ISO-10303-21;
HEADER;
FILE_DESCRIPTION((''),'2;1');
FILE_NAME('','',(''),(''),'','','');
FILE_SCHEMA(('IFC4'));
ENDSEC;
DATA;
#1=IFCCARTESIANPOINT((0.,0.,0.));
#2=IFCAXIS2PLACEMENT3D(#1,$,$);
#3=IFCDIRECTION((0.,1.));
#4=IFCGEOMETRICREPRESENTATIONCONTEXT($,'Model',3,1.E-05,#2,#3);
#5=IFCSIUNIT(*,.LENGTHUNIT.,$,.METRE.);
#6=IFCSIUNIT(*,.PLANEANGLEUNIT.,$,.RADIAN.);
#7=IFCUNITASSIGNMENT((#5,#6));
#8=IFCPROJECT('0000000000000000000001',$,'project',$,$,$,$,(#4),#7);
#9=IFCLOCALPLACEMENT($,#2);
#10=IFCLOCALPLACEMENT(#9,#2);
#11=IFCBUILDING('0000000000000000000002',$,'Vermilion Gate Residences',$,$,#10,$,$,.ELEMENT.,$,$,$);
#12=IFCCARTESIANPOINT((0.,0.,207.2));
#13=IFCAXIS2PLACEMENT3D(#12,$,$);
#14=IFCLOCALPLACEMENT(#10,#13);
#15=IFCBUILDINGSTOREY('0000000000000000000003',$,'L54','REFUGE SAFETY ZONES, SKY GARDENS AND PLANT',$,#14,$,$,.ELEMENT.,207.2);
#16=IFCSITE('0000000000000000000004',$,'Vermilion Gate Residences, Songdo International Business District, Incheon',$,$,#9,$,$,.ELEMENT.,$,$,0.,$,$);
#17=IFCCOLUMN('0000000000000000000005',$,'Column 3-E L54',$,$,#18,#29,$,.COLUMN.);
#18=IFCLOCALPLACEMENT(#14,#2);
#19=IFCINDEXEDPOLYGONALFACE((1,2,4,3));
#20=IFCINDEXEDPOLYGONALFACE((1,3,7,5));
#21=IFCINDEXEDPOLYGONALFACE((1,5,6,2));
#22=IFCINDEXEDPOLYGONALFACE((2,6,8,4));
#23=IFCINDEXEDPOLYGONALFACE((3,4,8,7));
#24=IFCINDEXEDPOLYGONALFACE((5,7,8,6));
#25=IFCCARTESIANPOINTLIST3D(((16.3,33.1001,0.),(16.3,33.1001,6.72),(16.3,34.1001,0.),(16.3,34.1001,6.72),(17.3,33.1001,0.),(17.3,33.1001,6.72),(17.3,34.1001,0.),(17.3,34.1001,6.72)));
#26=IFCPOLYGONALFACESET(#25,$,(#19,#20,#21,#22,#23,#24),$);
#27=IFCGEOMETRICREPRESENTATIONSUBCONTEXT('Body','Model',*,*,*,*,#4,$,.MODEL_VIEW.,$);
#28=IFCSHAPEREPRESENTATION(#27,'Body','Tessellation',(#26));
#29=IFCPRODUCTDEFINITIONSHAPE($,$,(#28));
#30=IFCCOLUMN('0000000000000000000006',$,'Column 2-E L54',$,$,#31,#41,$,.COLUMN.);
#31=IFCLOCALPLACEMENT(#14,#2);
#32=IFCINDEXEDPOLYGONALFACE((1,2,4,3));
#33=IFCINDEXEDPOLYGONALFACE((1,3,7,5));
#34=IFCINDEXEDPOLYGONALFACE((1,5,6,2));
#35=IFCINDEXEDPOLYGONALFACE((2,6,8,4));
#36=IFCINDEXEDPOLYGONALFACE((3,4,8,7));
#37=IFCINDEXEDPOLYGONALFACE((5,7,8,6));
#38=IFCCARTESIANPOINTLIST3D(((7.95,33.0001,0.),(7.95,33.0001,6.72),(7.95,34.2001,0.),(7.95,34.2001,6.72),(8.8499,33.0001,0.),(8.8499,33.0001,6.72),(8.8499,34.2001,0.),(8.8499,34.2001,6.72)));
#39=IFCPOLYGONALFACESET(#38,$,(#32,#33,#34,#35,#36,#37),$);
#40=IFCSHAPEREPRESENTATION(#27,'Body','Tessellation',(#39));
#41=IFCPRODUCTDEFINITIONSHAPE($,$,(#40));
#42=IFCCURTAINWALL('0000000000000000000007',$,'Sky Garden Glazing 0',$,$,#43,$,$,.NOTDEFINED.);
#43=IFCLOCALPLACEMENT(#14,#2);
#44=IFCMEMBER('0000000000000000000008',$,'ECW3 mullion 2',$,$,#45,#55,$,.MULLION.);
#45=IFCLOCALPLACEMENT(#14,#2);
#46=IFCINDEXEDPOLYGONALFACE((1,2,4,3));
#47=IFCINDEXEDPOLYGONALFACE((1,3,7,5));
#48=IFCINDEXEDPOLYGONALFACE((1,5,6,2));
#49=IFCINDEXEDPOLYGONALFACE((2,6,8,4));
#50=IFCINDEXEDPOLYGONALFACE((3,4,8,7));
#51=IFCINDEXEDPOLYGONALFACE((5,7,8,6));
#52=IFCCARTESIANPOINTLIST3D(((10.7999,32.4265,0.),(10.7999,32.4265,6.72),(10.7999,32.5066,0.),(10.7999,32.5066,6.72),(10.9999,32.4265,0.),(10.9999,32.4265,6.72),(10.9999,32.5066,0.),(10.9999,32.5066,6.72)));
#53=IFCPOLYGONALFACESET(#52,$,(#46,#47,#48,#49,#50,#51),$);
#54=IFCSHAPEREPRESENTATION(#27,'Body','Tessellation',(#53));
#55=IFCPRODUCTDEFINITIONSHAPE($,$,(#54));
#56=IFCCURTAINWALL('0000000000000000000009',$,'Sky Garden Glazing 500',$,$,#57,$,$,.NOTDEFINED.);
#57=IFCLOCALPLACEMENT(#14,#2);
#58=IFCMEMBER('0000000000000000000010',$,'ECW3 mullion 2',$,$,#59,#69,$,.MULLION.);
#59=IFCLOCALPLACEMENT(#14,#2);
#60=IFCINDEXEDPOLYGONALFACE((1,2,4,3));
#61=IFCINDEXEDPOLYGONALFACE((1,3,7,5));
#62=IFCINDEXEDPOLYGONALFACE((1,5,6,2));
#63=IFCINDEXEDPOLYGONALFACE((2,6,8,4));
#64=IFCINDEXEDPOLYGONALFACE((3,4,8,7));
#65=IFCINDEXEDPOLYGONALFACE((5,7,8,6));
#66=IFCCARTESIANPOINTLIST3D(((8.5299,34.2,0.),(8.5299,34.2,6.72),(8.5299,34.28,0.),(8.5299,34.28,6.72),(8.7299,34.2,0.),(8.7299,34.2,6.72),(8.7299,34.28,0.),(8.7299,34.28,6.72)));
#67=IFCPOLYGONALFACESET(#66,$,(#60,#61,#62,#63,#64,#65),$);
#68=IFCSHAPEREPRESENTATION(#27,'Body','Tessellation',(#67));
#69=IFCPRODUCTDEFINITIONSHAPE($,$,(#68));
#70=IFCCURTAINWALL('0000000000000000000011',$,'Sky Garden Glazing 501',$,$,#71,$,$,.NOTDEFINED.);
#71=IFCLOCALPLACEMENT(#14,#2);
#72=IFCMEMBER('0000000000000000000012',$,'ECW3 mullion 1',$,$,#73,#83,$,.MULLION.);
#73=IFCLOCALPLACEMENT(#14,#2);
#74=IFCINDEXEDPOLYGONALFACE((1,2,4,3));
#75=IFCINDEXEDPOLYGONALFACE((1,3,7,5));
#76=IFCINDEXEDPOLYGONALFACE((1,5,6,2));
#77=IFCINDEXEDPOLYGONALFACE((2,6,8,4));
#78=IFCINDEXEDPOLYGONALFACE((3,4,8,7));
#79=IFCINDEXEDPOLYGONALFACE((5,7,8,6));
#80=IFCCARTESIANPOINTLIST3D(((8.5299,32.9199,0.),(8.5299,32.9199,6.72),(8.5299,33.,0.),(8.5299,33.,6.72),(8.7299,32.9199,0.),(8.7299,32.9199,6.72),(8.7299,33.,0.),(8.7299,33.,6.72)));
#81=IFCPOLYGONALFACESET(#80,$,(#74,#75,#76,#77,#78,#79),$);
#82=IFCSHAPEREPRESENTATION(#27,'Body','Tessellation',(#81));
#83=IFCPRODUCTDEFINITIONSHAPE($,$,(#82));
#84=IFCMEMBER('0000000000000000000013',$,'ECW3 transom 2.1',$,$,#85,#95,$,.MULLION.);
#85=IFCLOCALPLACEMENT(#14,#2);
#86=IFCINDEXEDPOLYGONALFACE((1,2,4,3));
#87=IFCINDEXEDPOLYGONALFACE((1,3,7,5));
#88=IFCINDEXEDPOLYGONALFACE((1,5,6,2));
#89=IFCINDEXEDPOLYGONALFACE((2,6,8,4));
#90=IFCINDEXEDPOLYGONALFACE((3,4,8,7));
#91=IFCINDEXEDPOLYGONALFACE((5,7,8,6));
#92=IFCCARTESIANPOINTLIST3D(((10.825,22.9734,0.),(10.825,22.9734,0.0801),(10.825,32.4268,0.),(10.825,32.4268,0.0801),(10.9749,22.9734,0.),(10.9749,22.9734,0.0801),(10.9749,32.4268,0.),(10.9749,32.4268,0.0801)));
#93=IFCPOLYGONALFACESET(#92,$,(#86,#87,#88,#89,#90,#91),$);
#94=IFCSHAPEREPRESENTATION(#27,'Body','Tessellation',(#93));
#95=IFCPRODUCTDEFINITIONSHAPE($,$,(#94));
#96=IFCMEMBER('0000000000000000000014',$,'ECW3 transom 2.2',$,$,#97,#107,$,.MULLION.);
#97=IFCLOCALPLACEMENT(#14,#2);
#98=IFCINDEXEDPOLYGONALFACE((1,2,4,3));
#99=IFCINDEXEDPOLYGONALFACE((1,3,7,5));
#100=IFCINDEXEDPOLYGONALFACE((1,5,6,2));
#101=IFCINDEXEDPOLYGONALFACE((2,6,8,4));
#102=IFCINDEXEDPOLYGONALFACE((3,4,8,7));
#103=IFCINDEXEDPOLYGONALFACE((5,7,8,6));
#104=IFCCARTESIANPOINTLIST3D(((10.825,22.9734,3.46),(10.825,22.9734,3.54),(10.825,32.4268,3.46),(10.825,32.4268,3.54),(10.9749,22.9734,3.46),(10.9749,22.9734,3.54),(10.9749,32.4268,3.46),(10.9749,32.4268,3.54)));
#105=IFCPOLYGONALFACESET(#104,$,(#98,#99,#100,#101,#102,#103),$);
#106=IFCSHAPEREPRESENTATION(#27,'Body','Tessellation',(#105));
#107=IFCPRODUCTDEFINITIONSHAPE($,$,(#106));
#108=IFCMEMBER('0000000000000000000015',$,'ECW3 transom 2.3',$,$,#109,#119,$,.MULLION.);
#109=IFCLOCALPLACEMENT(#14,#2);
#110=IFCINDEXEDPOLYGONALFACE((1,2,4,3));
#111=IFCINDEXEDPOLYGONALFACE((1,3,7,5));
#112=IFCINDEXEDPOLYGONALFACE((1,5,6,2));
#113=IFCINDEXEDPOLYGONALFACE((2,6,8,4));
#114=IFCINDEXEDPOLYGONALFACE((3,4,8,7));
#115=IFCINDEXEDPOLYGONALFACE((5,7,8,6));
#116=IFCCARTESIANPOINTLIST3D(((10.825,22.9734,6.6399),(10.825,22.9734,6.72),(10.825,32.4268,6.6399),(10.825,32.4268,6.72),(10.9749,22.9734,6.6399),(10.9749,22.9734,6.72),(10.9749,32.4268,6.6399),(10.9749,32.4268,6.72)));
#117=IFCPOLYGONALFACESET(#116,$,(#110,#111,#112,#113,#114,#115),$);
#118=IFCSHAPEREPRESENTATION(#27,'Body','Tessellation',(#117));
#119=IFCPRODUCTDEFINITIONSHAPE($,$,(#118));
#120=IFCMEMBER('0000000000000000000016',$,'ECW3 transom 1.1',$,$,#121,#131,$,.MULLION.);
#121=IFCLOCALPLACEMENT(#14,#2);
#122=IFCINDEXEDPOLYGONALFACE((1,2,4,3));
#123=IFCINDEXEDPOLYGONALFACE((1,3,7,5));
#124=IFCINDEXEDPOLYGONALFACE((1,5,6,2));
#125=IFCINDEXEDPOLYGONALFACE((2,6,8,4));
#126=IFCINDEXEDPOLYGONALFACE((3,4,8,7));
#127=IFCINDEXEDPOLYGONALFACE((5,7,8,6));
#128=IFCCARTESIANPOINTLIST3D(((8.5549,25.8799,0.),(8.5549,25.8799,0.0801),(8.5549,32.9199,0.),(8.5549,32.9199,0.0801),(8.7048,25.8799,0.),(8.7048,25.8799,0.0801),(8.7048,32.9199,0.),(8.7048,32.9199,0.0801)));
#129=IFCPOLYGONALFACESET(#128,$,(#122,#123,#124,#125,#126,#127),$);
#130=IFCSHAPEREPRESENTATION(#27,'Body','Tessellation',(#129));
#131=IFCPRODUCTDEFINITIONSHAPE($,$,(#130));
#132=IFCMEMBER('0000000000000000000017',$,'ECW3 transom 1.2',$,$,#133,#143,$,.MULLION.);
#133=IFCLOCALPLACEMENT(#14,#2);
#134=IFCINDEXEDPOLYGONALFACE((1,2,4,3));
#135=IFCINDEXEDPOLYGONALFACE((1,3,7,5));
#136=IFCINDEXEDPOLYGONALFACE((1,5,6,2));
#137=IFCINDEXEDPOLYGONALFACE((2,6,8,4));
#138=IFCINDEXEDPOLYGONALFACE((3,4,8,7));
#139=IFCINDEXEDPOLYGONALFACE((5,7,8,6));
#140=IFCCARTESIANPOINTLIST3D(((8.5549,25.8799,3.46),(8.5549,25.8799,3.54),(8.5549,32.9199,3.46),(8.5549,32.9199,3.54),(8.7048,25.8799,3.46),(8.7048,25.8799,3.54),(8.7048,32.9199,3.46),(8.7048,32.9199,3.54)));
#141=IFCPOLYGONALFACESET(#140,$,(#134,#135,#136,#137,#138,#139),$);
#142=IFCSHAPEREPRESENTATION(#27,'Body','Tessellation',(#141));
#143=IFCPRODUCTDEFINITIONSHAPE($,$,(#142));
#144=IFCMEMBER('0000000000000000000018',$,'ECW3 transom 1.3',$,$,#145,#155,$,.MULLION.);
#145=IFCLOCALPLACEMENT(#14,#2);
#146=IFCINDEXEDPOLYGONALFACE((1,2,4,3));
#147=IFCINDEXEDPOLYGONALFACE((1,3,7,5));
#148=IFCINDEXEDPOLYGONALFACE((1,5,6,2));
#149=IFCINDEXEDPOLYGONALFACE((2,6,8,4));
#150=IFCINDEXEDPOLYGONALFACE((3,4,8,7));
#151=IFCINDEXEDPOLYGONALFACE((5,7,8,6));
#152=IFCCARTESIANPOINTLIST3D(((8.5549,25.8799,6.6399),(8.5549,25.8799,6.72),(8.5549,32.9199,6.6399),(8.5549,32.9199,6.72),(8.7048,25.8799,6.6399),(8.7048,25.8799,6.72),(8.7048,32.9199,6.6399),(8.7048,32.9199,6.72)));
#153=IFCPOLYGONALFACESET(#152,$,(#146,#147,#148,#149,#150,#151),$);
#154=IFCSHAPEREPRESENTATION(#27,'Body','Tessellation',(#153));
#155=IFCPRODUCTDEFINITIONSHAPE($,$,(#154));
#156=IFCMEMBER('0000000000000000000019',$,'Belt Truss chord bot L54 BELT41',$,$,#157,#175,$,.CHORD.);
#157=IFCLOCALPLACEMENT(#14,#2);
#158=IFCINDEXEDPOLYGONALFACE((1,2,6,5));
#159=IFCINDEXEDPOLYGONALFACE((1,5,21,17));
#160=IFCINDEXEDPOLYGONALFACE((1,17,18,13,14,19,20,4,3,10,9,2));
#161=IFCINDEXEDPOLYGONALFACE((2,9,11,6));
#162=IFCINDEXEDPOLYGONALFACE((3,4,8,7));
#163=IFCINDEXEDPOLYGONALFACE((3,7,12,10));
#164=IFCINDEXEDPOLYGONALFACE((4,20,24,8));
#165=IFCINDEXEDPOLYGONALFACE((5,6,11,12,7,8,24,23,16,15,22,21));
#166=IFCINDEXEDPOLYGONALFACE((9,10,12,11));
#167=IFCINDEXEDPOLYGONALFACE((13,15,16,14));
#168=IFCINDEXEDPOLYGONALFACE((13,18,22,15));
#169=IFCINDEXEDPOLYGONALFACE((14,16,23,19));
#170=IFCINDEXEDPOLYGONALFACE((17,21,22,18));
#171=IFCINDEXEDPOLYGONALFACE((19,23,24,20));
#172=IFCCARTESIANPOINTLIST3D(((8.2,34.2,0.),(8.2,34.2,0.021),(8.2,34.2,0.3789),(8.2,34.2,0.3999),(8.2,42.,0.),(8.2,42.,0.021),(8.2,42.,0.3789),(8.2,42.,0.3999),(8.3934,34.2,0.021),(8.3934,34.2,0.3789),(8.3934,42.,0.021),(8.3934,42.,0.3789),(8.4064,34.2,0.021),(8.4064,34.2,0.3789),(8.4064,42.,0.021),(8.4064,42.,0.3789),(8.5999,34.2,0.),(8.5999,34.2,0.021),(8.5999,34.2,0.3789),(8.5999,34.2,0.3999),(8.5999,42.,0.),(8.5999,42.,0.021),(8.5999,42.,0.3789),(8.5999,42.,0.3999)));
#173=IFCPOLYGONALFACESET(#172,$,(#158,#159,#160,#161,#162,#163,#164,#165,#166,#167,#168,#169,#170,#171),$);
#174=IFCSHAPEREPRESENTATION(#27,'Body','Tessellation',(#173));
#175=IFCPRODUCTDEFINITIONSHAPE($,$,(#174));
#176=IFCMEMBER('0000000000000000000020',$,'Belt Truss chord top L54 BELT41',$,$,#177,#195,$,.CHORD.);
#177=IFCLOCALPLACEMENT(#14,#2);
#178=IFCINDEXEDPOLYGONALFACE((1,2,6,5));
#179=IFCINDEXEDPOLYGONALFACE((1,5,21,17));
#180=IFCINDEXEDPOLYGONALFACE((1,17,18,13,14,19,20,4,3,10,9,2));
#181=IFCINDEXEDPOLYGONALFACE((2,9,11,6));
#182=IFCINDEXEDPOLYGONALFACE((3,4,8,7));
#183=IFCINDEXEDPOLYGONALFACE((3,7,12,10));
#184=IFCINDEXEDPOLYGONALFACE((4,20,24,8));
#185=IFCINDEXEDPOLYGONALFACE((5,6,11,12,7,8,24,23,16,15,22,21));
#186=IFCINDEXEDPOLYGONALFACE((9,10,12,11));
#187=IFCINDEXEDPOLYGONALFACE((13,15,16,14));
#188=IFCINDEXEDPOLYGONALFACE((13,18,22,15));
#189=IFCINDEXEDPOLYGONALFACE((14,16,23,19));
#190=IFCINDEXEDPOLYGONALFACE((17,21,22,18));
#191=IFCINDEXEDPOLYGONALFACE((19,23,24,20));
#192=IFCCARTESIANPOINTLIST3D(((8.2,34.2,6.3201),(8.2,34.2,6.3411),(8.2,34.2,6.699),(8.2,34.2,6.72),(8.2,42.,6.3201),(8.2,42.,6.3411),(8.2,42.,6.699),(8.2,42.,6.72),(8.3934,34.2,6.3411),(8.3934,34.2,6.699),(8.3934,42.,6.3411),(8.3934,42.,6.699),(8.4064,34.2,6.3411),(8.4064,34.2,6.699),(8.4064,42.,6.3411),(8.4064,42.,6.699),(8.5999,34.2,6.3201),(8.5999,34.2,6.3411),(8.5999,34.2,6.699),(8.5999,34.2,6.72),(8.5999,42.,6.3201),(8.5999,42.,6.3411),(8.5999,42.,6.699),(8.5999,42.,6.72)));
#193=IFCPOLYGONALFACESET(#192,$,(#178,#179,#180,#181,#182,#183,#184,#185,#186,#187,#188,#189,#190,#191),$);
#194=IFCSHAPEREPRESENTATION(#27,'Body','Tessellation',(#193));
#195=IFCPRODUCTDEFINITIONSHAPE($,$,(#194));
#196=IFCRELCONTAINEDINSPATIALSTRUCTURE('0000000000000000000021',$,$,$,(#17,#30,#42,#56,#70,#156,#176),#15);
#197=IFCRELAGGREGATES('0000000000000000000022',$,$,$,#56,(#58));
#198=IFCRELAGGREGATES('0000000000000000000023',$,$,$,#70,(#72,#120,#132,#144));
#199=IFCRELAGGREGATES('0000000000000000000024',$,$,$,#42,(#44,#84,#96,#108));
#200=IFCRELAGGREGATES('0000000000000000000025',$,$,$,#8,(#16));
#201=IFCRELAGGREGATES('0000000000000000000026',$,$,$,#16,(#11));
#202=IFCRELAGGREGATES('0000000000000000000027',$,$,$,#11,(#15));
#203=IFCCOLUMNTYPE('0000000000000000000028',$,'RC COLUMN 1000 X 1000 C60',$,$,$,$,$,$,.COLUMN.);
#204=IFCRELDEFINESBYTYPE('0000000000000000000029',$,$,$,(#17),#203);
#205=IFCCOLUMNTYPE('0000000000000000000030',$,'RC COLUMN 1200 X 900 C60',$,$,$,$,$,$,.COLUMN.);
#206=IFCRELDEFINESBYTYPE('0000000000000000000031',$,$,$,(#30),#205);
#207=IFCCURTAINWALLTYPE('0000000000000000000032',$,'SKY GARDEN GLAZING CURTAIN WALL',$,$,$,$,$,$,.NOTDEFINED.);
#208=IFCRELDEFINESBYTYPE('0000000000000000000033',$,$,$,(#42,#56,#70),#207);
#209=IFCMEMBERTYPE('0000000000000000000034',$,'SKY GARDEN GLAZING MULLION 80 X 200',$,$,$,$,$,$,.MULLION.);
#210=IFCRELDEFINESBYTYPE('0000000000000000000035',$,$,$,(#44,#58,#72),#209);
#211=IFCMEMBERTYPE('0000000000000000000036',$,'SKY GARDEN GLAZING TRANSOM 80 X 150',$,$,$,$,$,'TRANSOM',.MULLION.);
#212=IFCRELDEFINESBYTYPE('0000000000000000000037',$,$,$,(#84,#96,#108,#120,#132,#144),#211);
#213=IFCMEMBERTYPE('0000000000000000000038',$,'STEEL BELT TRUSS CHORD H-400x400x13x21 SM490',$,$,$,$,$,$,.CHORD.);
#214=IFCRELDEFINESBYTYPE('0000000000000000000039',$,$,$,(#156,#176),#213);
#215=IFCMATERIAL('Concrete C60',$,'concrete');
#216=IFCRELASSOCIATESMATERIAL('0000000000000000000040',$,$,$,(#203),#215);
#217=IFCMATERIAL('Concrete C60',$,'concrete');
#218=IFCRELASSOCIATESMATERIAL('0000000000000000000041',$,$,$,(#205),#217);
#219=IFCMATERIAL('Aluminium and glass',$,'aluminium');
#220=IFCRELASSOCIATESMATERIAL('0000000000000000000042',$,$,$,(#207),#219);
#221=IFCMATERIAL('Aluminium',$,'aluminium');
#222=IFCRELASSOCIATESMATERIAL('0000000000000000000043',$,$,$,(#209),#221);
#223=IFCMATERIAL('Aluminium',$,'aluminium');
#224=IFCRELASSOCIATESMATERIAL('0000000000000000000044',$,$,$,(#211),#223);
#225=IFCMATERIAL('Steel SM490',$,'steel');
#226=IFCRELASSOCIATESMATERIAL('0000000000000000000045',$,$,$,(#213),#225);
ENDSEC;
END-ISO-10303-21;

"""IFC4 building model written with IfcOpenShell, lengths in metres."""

from ifc_helpers import new_model, si_unit, direction, frame, origin, origin_2d, place, context, subcontext, project, spatial, rectangle, i_section, extrude, material, material_profile, profile_set, type_object, element, aggregate, save


model = new_model("IFC4")

# Units and contexts
model_context = context("Model", 3, precision=1e-05, world=origin(), true_north=direction((0.0, 1.0)))
body_context = subcontext(model_context, "Body", "Model", "MODEL_VIEW")
ifc_project = project(units=[si_unit("LENGTHUNIT", "METRE"), si_unit("PLANEANGLEUNIT", "RADIAN")], contexts=[model_context])

# Site, building, storey
site_placement = place(None, origin())
site = spatial("IfcSite", under=ifc_project, at=site_placement, Name="Vermilion Gate Residences, Songdo International Business District, Incheon", CompositionType="ELEMENT", RefElevation=0.0)
building_placement = place(site_placement, origin())
building = spatial("IfcBuilding", under=site, at=building_placement, Name="Vermilion Gate Residences", CompositionType="ELEMENT")
storey_placement = place(building_placement, frame((0.0, 0.0, 207.2)))
storey = spatial("IfcBuildingStorey", under=building, at=storey_placement, Name="L54", Description="REFUGE SAFETY ZONES, SKY GARDENS AND PLANT", CompositionType="ELEMENT", Elevation=207.2)

# Columns
ifc_material_1 = material(Name="Concrete C60", Category="concrete")
ifc_material_profile_1 = material_profile(ifc_material_1, rectangle(XDim=1.0, YDim=1.0, at=origin_2d()), Name="RC-1000x1000")
ifc_profile_set_1 = profile_set([ifc_material_profile_1], Name="Concrete C60")
column_type_1 = type_object("IfcColumnType", Name="RC COLUMN 1000 X 1000 C60", PredefinedType="COLUMN", material=ifc_profile_set_1)
column_1_placement = place(storey_placement, frame((16.8, 33.6001, 0.0), z_axis=(0.0, 0.0, 1.0), x_axis=(1.0, 0.0, 0.0)))
element("IfcColumn", 1, at=column_1_placement, inside=storey, type_object=column_type_1, Name="Column 3-E L54", PredefinedType="COLUMN", context=body_context, shape_type="SweptSolid", body=[
    extrude(rectangle(XDim=1.0, YDim=1.0, at=origin_2d()), origin(), (0.0, 0.0, 1.0), 6.72),
])
ifc_material_2 = material(Name="Concrete C60", Category="concrete")
ifc_material_profile_2 = material_profile(ifc_material_2, rectangle(XDim=1.2, YDim=0.8999, at=origin_2d()), Name="RC-1200x900")
ifc_profile_set_2 = profile_set([ifc_material_profile_2], Name="Concrete C60")
column_type_2 = type_object("IfcColumnType", Name="RC COLUMN 1200 X 900 C60", PredefinedType="COLUMN", material=ifc_profile_set_2)
column_2_placement = place(storey_placement, frame((8.3999, 33.6001, 0.0), z_axis=(0.0, 0.0, 1.0), x_axis=(0.0, 1.0, 0.0)))
element("IfcColumn", 2, at=column_2_placement, inside=storey, type_object=column_type_2, Name="Column 2-E L54", PredefinedType="COLUMN", context=body_context, shape_type="SweptSolid", body=[
    extrude(rectangle(XDim=1.2, YDim=0.8999, at=origin_2d()), origin(), (0.0, 0.0, 1.0), 6.72),
])

# Curtain walls, members
ifc_material_3 = material(Name="Aluminium and glass", Category="aluminium")
curtain_wall_type = type_object("IfcCurtainWallType", Name="SKY GARDEN GLAZING CURTAIN WALL", PredefinedType="NOTDEFINED", material=ifc_material_3)
curtain_wall_1_placement = place(storey_placement, origin())
curtain_wall_1 = element("IfcCurtainWall", 3, at=curtain_wall_1_placement, inside=storey, type_object=curtain_wall_type, Name="Sky Garden Glazing 0", PredefinedType="NOTDEFINED")
ifc_material_4 = material(Name="Aluminium", Category="aluminium")
ifc_material_profile_3 = material_profile(ifc_material_4, rectangle(XDim=0.2, YDim=0.0801, at=origin_2d()), Name="MULLION 80 X 200")
ifc_profile_set_3 = profile_set([ifc_material_profile_3], Name="Aluminium")
member_type_1 = type_object("IfcMemberType", Name="SKY GARDEN GLAZING MULLION 80 X 200", PredefinedType="MULLION", material=ifc_profile_set_3)
member_1_placement = place(storey_placement, frame((10.8999, 32.4666, 0.0), z_axis=(0.0, 0.0, 1.0), x_axis=(1.0, 0.0, 0.0)))
member_1 = element("IfcMember", 4, at=member_1_placement, type_object=member_type_1, Name="ECW3 mullion 2", PredefinedType="MULLION", context=body_context, shape_type="SweptSolid", body=[
    extrude(rectangle(XDim=0.2, YDim=0.0801, at=origin_2d()), origin(), (0.0, 0.0, 1.0), 6.72),
])
curtain_wall_2_placement = place(storey_placement, origin())
curtain_wall_2 = element("IfcCurtainWall", 5, at=curtain_wall_2_placement, inside=storey, type_object=curtain_wall_type, Name="Sky Garden Glazing 500", PredefinedType="NOTDEFINED")
member_2_placement = place(storey_placement, frame((8.6299, 34.24, 0.0), z_axis=(0.0, 0.0, 1.0), x_axis=(1.0, 0.0, 0.0)))
member_2 = element("IfcMember", 6, at=member_2_placement, type_object=member_type_1, Name="ECW3 mullion 2", PredefinedType="MULLION", context=body_context, shape_type="SweptSolid", body=[
    extrude(rectangle(XDim=0.2, YDim=0.0801, at=origin_2d()), origin(), (0.0, 0.0, 1.0), 6.72),
])
aggregate(curtain_wall_2, [member_2])
curtain_wall_3_placement = place(storey_placement, origin())
curtain_wall_3 = element("IfcCurtainWall", 7, at=curtain_wall_3_placement, inside=storey, type_object=curtain_wall_type, Name="Sky Garden Glazing 501", PredefinedType="NOTDEFINED")
member_3_placement = place(storey_placement, frame((8.6299, 32.96, 0.0), z_axis=(0.0, 0.0, 1.0), x_axis=(1.0, 0.0, 0.0)))
member_3 = element("IfcMember", 8, at=member_3_placement, type_object=member_type_1, Name="ECW3 mullion 1", PredefinedType="MULLION", context=body_context, shape_type="SweptSolid", body=[
    extrude(rectangle(XDim=0.2, YDim=0.0801, at=origin_2d()), origin(), (0.0, 0.0, 1.0), 6.72),
])

# Members
ifc_material_5 = material(Name="Aluminium", Category="aluminium")
ifc_material_profile_4 = material_profile(ifc_material_5, rectangle(XDim=0.1499, YDim=0.0801, at=origin_2d()), Name="TRANSOM 80 X 150")
ifc_profile_set_4 = profile_set([ifc_material_profile_4], Name="Aluminium")
member_type_2 = type_object("IfcMemberType", Name="SKY GARDEN GLAZING TRANSOM 80 X 150", ElementType="TRANSOM", PredefinedType="MULLION", material=ifc_profile_set_4)
member_4_placement = place(storey_placement, frame((10.8999, 32.4268, 0.04), z_axis=(0.0, -1.0, 0.0), x_axis=(1.0, 0.0, 0.0)))
member_4 = element("IfcMember", 9, at=member_4_placement, type_object=member_type_2, Name="ECW3 transom 2.1", PredefinedType="MULLION", context=body_context, shape_type="SweptSolid", body=[
    extrude(rectangle(XDim=0.1499, YDim=0.0801, at=origin_2d()), origin(), (0.0, 0.0, 1.0), 9.4534),
])
member_5_placement = place(storey_placement, frame((10.8999, 32.4268, 3.5), z_axis=(0.0, -1.0, 0.0), x_axis=(1.0, 0.0, 0.0)))
member_5 = element("IfcMember", 10, at=member_5_placement, type_object=member_type_2, Name="ECW3 transom 2.2", PredefinedType="MULLION", context=body_context, shape_type="SweptSolid", body=[
    extrude(rectangle(XDim=0.1499, YDim=0.0801, at=origin_2d()), origin(), (0.0, 0.0, 1.0), 9.4534),
])
member_6_placement = place(storey_placement, frame((10.8999, 32.4268, 6.6799), z_axis=(0.0, -1.0, 0.0), x_axis=(1.0, 0.0, 0.0)))
member_6 = element("IfcMember", 11, at=member_6_placement, type_object=member_type_2, Name="ECW3 transom 2.3", PredefinedType="MULLION", context=body_context, shape_type="SweptSolid", body=[
    extrude(rectangle(XDim=0.1499, YDim=0.0801, at=origin_2d()), origin(), (0.0, 0.0, 1.0), 9.4534),
])
member_7_placement = place(storey_placement, frame((8.6299, 32.9199, 0.04), z_axis=(0.0, -1.0, 0.0), x_axis=(1.0, 0.0, 0.0)))
member_7 = element("IfcMember", 12, at=member_7_placement, type_object=member_type_2, Name="ECW3 transom 1.1", PredefinedType="MULLION", context=body_context, shape_type="SweptSolid", body=[
    extrude(rectangle(XDim=0.1499, YDim=0.0801, at=origin_2d()), origin(), (0.0, 0.0, 1.0), 7.04),
])
member_8_placement = place(storey_placement, frame((8.6299, 32.9199, 3.5), z_axis=(0.0, -1.0, 0.0), x_axis=(1.0, 0.0, 0.0)))
member_8 = element("IfcMember", 13, at=member_8_placement, type_object=member_type_2, Name="ECW3 transom 1.2", PredefinedType="MULLION", context=body_context, shape_type="SweptSolid", body=[
    extrude(rectangle(XDim=0.1499, YDim=0.0801, at=origin_2d()), origin(), (0.0, 0.0, 1.0), 7.04),
])
member_9_placement = place(storey_placement, frame((8.6299, 32.9199, 6.6799), z_axis=(0.0, -1.0, 0.0), x_axis=(1.0, 0.0, 0.0)))
member_9 = element("IfcMember", 14, at=member_9_placement, type_object=member_type_2, Name="ECW3 transom 1.3", PredefinedType="MULLION", context=body_context, shape_type="SweptSolid", body=[
    extrude(rectangle(XDim=0.1499, YDim=0.0801, at=origin_2d()), origin(), (0.0, 0.0, 1.0), 7.04),
])
aggregate(curtain_wall_3, [member_3, member_7, member_8, member_9])

# Members
ifc_material_6 = material(Name="Steel SM490", Category="steel")
ifc_material_profile_5 = material_profile(ifc_material_6, i_section(OverallWidth=0.3999, OverallDepth=0.3999, WebThickness=0.0129, FlangeThickness=0.021, at=origin_2d()), Name="H-400x400x13x21")
ifc_profile_set_5 = profile_set([ifc_material_profile_5], Name="Steel SM490")
member_type_3 = type_object("IfcMemberType", Name="STEEL BELT TRUSS CHORD H-400x400x13x21 SM490", PredefinedType="CHORD", material=ifc_profile_set_5)
for number, where, z_axis, x_axis, name in (
    (15, (8.3999, 34.2, 0.2), (0.0, 1.0, 0.0), (-1.0, 0.0, 0.0), "Belt Truss chord bot L54 BELT41"),
    (16, (8.3999, 34.2, 6.52), (0.0, 1.0, 0.0), (-1.0, 0.0, 0.0), "Belt Truss chord top L54 BELT41"),
):
    element("IfcMember", number, at=place(storey_placement, frame(where, z_axis=z_axis, x_axis=x_axis)), inside=storey, type_object=member_type_3, Name=name, PredefinedType="CHORD", context=body_context, shape_type="SweptSolid", body=[
        extrude(i_section(OverallWidth=0.3999, OverallDepth=0.3999, WebThickness=0.0129, FlangeThickness=0.021, at=origin_2d()), origin(), (0.0, 0.0, 1.0), 7.8),
    ])

aggregate(curtain_wall_1, [member_1, member_4, member_5, member_6])

save(model, "model.ifc")
